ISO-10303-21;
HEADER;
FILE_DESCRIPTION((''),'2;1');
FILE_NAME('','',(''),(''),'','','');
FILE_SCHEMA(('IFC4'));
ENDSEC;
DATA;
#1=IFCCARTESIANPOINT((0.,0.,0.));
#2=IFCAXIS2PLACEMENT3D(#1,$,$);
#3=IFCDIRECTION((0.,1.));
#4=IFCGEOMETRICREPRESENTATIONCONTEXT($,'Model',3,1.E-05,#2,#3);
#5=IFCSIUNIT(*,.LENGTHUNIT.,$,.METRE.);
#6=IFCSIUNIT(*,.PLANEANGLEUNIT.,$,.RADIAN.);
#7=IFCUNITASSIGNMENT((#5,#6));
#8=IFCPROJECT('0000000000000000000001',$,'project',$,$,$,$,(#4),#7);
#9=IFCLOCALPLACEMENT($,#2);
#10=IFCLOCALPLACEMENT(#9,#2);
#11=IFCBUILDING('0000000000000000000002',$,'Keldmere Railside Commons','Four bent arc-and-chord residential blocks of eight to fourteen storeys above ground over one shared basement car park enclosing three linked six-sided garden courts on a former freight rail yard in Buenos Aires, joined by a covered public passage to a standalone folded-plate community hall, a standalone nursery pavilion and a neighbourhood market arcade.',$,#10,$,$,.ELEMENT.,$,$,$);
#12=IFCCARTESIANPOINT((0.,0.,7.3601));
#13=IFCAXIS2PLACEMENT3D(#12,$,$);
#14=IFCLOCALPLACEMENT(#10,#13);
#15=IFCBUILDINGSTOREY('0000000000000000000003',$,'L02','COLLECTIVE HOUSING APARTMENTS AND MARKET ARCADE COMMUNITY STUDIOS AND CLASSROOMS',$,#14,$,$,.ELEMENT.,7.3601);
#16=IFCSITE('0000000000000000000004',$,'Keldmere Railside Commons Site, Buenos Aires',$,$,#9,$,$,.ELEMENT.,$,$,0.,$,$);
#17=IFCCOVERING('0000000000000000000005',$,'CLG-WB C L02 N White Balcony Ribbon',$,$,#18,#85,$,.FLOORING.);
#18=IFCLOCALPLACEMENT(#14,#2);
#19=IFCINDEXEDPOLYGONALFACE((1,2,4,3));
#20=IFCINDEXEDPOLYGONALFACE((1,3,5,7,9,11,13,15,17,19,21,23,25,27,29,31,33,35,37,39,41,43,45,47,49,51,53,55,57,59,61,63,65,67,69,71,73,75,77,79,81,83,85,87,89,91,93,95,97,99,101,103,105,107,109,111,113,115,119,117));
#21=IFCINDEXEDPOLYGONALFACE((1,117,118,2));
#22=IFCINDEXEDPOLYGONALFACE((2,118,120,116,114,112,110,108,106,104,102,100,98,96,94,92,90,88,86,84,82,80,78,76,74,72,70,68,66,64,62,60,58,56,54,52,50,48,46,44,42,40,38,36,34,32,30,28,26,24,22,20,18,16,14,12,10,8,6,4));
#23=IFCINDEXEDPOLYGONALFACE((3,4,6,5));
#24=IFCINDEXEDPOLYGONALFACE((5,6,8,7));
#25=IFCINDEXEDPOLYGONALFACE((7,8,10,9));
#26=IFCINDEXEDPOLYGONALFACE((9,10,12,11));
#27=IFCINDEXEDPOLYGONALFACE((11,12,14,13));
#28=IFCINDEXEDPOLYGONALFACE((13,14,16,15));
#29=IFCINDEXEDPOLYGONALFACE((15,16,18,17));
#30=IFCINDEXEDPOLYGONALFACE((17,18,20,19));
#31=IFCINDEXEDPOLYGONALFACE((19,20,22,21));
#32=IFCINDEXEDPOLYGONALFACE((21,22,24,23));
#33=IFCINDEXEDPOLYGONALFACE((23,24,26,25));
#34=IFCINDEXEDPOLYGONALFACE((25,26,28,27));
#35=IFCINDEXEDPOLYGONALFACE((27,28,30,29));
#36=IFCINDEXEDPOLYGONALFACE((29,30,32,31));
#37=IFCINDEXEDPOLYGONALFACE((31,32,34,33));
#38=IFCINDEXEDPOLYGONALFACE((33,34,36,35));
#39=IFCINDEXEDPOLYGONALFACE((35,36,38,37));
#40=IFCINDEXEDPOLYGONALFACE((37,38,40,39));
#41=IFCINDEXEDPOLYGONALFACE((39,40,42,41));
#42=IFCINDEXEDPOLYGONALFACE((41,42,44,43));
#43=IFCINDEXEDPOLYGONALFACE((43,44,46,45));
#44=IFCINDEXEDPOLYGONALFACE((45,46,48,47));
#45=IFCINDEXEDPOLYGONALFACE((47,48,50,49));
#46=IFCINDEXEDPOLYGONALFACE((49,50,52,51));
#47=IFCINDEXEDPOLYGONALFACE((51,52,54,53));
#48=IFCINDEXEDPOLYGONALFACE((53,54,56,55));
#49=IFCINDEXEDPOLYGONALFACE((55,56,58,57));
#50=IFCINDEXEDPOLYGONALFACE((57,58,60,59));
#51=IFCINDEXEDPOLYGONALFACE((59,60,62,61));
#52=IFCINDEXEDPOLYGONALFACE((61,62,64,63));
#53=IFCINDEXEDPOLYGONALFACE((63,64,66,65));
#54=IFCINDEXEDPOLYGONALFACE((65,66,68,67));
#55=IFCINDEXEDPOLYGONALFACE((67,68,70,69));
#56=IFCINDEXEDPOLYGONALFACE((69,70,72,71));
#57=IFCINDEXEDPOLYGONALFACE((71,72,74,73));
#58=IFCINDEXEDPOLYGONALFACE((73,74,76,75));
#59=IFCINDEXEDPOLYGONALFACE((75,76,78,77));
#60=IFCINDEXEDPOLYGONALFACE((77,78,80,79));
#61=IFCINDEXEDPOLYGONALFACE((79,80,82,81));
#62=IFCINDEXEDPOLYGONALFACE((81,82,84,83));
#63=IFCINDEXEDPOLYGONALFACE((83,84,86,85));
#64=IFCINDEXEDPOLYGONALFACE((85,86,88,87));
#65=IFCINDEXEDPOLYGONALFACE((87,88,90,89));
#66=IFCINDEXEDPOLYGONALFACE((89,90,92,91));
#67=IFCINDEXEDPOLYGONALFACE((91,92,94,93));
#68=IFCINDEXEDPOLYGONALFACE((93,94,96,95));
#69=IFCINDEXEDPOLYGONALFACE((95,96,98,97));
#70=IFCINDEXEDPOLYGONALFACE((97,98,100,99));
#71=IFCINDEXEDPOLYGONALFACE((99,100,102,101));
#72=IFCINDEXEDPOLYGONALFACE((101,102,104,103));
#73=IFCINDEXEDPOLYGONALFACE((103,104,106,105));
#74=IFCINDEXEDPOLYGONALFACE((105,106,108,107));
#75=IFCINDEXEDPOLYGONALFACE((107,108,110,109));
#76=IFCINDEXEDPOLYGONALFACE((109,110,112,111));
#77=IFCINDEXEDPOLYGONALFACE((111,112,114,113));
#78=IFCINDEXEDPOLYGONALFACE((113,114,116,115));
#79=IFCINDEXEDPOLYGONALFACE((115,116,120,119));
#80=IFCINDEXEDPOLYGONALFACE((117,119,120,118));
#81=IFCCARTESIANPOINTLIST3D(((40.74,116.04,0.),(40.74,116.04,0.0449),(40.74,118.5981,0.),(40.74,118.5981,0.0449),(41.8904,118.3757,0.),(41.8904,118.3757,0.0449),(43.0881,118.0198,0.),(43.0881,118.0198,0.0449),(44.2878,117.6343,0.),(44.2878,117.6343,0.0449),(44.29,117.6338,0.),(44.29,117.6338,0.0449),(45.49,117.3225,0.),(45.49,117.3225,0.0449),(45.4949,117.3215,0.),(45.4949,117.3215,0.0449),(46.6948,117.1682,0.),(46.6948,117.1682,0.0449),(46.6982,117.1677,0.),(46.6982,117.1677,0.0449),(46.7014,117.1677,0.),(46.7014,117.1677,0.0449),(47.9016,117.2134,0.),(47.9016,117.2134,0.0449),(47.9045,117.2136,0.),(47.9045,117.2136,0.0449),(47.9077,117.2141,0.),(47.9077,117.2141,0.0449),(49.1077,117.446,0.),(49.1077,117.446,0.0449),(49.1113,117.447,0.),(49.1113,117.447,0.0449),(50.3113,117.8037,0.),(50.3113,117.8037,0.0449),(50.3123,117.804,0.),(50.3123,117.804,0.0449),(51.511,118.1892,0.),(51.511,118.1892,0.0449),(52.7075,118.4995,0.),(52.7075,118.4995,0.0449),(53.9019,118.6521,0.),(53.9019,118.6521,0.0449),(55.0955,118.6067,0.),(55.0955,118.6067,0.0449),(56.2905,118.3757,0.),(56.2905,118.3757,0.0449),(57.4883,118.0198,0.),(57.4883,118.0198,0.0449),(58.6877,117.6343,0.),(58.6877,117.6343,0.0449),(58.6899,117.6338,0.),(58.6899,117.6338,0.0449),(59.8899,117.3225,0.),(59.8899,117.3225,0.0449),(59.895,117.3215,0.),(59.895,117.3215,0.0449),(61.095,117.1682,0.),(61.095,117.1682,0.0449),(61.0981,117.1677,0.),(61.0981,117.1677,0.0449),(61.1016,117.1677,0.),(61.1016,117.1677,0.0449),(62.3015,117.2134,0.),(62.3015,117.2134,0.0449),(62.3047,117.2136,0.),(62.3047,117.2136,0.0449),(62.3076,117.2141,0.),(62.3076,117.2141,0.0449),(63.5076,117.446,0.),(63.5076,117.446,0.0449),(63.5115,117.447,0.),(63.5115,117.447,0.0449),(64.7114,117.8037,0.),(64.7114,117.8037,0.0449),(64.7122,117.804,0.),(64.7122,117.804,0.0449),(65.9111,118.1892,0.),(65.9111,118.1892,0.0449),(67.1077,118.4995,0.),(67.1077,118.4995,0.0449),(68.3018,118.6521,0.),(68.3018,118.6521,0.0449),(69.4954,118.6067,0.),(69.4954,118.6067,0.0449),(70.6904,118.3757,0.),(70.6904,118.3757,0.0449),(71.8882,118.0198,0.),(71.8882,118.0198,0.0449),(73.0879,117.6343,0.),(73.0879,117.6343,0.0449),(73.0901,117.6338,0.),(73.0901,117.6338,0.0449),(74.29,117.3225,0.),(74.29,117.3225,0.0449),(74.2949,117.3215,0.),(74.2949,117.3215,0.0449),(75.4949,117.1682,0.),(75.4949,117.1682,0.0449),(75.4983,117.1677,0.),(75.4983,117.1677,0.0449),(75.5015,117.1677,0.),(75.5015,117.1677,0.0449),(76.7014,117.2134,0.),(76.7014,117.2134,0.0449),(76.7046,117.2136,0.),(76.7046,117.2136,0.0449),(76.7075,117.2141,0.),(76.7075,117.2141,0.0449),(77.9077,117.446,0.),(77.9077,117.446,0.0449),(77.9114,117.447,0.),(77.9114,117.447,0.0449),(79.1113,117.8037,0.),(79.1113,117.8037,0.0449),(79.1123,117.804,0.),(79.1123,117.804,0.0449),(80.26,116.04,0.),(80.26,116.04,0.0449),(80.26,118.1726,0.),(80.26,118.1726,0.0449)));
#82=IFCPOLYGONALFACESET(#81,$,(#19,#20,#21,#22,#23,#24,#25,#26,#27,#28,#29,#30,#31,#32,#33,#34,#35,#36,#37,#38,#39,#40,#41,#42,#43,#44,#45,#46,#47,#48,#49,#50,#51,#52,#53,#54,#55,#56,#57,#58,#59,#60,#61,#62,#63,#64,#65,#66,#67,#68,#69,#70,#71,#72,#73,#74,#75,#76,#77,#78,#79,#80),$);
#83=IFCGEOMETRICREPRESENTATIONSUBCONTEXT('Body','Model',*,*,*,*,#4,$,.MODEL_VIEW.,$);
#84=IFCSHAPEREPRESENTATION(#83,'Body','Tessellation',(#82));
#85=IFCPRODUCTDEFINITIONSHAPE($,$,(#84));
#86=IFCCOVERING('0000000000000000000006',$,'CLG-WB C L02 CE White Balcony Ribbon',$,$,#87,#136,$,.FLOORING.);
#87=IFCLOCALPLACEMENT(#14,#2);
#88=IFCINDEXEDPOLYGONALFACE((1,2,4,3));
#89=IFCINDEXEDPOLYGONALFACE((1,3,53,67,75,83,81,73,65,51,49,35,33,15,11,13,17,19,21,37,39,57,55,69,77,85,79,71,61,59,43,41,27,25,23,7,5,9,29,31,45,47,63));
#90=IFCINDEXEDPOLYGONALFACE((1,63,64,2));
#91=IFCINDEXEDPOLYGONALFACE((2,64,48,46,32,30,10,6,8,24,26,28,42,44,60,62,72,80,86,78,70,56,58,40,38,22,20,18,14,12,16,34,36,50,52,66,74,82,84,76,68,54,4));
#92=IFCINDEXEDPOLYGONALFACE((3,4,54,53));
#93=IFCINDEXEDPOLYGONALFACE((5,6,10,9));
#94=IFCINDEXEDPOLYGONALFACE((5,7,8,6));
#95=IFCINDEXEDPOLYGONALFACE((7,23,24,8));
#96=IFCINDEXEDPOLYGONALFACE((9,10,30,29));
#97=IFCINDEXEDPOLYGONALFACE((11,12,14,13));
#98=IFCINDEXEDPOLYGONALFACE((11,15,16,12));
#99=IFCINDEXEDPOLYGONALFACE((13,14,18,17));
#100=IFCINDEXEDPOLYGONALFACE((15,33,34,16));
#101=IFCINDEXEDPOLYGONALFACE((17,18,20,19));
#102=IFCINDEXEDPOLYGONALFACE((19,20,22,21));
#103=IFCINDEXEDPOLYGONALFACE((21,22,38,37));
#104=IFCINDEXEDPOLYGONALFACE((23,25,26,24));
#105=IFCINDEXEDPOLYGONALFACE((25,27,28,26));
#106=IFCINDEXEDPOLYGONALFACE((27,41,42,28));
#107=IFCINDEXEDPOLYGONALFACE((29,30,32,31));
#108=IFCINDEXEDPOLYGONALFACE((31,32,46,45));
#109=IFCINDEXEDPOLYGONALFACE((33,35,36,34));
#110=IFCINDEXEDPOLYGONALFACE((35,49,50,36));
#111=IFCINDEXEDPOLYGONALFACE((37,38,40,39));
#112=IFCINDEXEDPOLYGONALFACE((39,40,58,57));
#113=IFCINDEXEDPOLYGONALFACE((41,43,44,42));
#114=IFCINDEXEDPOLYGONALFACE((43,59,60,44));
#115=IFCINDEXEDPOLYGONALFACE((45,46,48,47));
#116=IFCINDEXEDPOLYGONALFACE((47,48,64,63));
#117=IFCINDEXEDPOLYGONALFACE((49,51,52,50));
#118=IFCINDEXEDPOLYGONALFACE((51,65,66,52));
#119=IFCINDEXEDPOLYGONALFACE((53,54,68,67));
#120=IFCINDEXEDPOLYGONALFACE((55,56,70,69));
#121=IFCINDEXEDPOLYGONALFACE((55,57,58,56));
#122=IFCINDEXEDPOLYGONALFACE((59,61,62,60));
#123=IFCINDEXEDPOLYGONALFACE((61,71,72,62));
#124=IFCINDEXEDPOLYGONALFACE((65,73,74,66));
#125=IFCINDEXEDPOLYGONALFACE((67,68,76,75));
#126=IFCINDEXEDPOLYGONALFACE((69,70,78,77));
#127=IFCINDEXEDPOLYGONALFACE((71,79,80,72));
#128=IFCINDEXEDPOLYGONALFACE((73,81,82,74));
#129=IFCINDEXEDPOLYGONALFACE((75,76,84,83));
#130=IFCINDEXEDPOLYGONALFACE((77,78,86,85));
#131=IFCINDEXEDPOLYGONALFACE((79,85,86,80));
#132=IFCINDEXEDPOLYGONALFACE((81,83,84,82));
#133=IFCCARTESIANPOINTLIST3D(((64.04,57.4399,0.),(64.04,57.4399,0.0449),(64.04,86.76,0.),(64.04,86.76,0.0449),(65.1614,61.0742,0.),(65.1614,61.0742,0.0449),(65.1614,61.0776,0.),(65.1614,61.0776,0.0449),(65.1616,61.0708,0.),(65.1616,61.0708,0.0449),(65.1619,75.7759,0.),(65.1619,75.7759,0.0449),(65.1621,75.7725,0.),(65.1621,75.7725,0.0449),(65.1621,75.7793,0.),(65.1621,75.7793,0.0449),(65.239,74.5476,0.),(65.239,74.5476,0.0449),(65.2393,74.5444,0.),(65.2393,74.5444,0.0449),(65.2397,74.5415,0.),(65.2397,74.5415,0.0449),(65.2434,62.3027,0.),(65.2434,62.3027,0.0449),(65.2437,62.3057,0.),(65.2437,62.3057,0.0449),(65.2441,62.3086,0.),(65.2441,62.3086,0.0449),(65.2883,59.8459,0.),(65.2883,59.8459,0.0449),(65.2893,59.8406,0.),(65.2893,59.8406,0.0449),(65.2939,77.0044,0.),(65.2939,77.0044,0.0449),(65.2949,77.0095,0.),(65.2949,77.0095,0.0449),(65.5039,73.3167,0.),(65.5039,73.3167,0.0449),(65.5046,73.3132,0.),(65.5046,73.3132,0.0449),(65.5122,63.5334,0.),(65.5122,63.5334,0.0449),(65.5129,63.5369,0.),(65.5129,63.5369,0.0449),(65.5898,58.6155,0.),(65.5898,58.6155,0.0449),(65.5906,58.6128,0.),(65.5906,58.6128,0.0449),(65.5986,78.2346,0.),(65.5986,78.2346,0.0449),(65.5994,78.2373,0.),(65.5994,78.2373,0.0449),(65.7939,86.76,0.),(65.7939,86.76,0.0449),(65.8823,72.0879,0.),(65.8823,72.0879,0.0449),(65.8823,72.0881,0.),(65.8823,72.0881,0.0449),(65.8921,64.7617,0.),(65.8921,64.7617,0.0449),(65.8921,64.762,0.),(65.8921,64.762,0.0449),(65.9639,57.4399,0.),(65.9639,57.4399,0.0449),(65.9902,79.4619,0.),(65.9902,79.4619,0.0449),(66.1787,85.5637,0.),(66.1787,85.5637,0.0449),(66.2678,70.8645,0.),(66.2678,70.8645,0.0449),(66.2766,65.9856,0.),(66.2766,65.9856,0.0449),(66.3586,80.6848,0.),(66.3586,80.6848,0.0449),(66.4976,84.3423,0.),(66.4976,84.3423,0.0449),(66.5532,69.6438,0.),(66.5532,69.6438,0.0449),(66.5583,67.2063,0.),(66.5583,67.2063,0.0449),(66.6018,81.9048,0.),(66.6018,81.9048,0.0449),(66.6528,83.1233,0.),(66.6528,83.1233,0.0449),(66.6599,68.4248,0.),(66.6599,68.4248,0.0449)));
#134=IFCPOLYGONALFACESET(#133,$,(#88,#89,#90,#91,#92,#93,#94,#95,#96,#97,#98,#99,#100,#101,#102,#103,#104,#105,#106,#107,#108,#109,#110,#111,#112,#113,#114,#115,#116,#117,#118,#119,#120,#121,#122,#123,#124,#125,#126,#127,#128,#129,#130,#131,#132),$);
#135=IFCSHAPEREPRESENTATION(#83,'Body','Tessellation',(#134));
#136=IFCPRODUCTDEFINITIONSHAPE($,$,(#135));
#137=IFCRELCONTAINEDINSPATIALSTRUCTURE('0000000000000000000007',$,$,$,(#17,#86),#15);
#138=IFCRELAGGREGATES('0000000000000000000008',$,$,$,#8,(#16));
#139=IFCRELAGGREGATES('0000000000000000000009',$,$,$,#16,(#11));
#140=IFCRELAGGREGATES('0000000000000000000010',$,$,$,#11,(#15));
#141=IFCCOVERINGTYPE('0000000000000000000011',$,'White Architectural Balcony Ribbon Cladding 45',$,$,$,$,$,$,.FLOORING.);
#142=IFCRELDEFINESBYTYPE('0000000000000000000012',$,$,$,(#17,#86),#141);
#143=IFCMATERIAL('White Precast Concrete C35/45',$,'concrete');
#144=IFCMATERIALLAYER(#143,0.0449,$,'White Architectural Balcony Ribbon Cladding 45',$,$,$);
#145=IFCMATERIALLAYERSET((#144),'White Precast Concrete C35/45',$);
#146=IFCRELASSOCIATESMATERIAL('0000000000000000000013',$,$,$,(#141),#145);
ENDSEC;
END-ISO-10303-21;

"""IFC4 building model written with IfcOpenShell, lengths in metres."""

from ifc_helpers import new_model, si_unit, direction, frame, origin, place, context, subcontext, project, spatial, polyline, outline, extrude, material, layer, layer_set, type_object, element, save


model = new_model("IFC4")

# Units and contexts
model_context = context("Model", 3, precision=1e-05, world=origin(), true_north=direction((0.0, 1.0)))
body_context = subcontext(model_context, "Body", "Model", "MODEL_VIEW")
ifc_project = project(units=[si_unit("LENGTHUNIT", "METRE"), si_unit("PLANEANGLEUNIT", "RADIAN")], contexts=[model_context])

# Site, building, storey
site_placement = place(None, origin())
site = spatial("IfcSite", under=ifc_project, at=site_placement, Name="Keldmere Railside Commons Site, Buenos Aires", CompositionType="ELEMENT", RefElevation=0.0)
building_placement = place(site_placement, origin())
building = spatial("IfcBuilding", under=site, at=building_placement, Name="Keldmere Railside Commons", Description="Four bent arc-and-chord residential blocks of eight to fourteen storeys above ground over one shared basement car park enclosing three linked six-sided garden courts on a former freight rail yard in Buenos Aires, joined by a covered public passage to a standalone folded-plate community hall, a standalone nursery pavilion and a neighbourhood market arcade.", CompositionType="ELEMENT")
storey_placement = place(building_placement, frame((0.0, 0.0, 7.3601)))
storey = spatial("IfcBuildingStorey", under=building, at=storey_placement, Name="L02", Description="COLLECTIVE HOUSING APARTMENTS AND MARKET ARCADE COMMUNITY STUDIOS AND CLASSROOMS", CompositionType="ELEMENT", Elevation=7.3601)

# Coverings
ifc_material_1 = material(Name="White Precast Concrete C35/45", Category="concrete")
ifc_layer_1 = layer(ifc_material_1, 0.0449, Name="White Architectural Balcony Ribbon Cladding 45")
ifc_layer_set_1 = layer_set([ifc_layer_1], Name="White Precast Concrete C35/45")
covering_type = type_object("IfcCoveringType", Name="White Architectural Balcony Ribbon Cladding 45", PredefinedType="FLOORING", material=ifc_layer_set_1)
covering_1_placement = place(storey_placement, origin())
element("IfcCovering", 1, at=covering_1_placement, inside=storey, type_object=covering_type, Name="CLG-WB C L02 N White Balcony Ribbon", PredefinedType="FLOORING", context=body_context, shape_type="SweptSolid", body=[
    extrude(outline(polyline([(80.26, 116.04), (80.26, 118.1726), (79.1123, 117.804), (79.1113, 117.8037), (77.9114, 117.447), (77.9077, 117.446), (76.7075, 117.2141), (76.7046, 117.2136), (76.7014, 117.2134), (75.5015, 117.1677), (75.4983, 117.1677), (75.4949, 117.1682), (74.2949, 117.3215), (74.29, 117.3225), (73.0901, 117.6338), (73.0879, 117.6343), (71.8882, 118.0198), (70.6904, 118.3757), (69.4954, 118.6067), (68.3018, 118.6521), (67.1077, 118.4995), (65.9111, 118.1892), (64.7122, 117.804), (64.7114, 117.8037), (63.5115, 117.447), (63.5076, 117.446), (62.3076, 117.2141), (62.3047, 117.2136), (62.3015, 117.2134), (61.1016, 117.1677), (61.0981, 117.1677), (61.095, 117.1682), (59.895, 117.3215), (59.8899, 117.3225), (58.6899, 117.6338), (58.6877, 117.6343), (57.4883, 118.0198), (56.2905, 118.3757), (55.0955, 118.6067), (53.9019, 118.6521), (52.7075, 118.4995), (51.511, 118.1892), (50.3123, 117.804), (50.3113, 117.8037), (49.1113, 117.447), (49.1077, 117.446), (47.9077, 117.2141), (47.9045, 117.2136), (47.9016, 117.2134), (46.7014, 117.1677), (46.6982, 117.1677), (46.6948, 117.1682), (45.4949, 117.3215), (45.49, 117.3225), (44.29, 117.6338), (44.2878, 117.6343), (43.0881, 118.0198), (41.8904, 118.3757), (40.74, 118.5981), (40.74, 116.04), (80.26, 116.04)])), origin(), (0.0, 0.0, 1.0), 0.0449),
])
covering_2_placement = place(storey_placement, origin())
element("IfcCovering", 2, at=covering_2_placement, inside=storey, type_object=covering_type, Name="CLG-WB C L02 CE White Balcony Ribbon", PredefinedType="FLOORING", context=body_context, shape_type="SweptSolid", body=[
    extrude(outline(polyline([(65.5906, 58.6128), (65.5898, 58.6155), (65.2893, 59.8406), (65.2883, 59.8459), (65.1616, 61.0708), (65.1614, 61.0742), (65.1614, 61.0776), (65.2434, 62.3027), (65.2437, 62.3057), (65.2441, 62.3086), (65.5122, 63.5334), (65.5129, 63.5369), (65.8921, 64.7617), (65.8921, 64.762), (66.2766, 65.9856), (66.5583, 67.2063), (66.6599, 68.4248), (66.5532, 69.6438), (66.2678, 70.8645), (65.8823, 72.0879), (65.8823, 72.0881), (65.5046, 73.3132), (65.5039, 73.3167), (65.2397, 74.5415), (65.2393, 74.5444), (65.239, 74.5476), (65.1621, 75.7725), (65.1619, 75.7759), (65.1621, 75.7793), (65.2939, 77.0044), (65.2949, 77.0095), (65.5986, 78.2346), (65.5994, 78.2373), (65.9902, 79.4619), (66.3586, 80.6848), (66.6018, 81.9048), (66.6528, 83.1233), (66.4976, 84.3423), (66.1787, 85.5637), (65.7939, 86.76), (64.04, 86.76), (64.04, 57.4399), (65.9639, 57.4399), (65.5906, 58.6128)])), origin(), (0.0, 0.0, 1.0), 0.0449),
])

save(model, "model.ifc")
